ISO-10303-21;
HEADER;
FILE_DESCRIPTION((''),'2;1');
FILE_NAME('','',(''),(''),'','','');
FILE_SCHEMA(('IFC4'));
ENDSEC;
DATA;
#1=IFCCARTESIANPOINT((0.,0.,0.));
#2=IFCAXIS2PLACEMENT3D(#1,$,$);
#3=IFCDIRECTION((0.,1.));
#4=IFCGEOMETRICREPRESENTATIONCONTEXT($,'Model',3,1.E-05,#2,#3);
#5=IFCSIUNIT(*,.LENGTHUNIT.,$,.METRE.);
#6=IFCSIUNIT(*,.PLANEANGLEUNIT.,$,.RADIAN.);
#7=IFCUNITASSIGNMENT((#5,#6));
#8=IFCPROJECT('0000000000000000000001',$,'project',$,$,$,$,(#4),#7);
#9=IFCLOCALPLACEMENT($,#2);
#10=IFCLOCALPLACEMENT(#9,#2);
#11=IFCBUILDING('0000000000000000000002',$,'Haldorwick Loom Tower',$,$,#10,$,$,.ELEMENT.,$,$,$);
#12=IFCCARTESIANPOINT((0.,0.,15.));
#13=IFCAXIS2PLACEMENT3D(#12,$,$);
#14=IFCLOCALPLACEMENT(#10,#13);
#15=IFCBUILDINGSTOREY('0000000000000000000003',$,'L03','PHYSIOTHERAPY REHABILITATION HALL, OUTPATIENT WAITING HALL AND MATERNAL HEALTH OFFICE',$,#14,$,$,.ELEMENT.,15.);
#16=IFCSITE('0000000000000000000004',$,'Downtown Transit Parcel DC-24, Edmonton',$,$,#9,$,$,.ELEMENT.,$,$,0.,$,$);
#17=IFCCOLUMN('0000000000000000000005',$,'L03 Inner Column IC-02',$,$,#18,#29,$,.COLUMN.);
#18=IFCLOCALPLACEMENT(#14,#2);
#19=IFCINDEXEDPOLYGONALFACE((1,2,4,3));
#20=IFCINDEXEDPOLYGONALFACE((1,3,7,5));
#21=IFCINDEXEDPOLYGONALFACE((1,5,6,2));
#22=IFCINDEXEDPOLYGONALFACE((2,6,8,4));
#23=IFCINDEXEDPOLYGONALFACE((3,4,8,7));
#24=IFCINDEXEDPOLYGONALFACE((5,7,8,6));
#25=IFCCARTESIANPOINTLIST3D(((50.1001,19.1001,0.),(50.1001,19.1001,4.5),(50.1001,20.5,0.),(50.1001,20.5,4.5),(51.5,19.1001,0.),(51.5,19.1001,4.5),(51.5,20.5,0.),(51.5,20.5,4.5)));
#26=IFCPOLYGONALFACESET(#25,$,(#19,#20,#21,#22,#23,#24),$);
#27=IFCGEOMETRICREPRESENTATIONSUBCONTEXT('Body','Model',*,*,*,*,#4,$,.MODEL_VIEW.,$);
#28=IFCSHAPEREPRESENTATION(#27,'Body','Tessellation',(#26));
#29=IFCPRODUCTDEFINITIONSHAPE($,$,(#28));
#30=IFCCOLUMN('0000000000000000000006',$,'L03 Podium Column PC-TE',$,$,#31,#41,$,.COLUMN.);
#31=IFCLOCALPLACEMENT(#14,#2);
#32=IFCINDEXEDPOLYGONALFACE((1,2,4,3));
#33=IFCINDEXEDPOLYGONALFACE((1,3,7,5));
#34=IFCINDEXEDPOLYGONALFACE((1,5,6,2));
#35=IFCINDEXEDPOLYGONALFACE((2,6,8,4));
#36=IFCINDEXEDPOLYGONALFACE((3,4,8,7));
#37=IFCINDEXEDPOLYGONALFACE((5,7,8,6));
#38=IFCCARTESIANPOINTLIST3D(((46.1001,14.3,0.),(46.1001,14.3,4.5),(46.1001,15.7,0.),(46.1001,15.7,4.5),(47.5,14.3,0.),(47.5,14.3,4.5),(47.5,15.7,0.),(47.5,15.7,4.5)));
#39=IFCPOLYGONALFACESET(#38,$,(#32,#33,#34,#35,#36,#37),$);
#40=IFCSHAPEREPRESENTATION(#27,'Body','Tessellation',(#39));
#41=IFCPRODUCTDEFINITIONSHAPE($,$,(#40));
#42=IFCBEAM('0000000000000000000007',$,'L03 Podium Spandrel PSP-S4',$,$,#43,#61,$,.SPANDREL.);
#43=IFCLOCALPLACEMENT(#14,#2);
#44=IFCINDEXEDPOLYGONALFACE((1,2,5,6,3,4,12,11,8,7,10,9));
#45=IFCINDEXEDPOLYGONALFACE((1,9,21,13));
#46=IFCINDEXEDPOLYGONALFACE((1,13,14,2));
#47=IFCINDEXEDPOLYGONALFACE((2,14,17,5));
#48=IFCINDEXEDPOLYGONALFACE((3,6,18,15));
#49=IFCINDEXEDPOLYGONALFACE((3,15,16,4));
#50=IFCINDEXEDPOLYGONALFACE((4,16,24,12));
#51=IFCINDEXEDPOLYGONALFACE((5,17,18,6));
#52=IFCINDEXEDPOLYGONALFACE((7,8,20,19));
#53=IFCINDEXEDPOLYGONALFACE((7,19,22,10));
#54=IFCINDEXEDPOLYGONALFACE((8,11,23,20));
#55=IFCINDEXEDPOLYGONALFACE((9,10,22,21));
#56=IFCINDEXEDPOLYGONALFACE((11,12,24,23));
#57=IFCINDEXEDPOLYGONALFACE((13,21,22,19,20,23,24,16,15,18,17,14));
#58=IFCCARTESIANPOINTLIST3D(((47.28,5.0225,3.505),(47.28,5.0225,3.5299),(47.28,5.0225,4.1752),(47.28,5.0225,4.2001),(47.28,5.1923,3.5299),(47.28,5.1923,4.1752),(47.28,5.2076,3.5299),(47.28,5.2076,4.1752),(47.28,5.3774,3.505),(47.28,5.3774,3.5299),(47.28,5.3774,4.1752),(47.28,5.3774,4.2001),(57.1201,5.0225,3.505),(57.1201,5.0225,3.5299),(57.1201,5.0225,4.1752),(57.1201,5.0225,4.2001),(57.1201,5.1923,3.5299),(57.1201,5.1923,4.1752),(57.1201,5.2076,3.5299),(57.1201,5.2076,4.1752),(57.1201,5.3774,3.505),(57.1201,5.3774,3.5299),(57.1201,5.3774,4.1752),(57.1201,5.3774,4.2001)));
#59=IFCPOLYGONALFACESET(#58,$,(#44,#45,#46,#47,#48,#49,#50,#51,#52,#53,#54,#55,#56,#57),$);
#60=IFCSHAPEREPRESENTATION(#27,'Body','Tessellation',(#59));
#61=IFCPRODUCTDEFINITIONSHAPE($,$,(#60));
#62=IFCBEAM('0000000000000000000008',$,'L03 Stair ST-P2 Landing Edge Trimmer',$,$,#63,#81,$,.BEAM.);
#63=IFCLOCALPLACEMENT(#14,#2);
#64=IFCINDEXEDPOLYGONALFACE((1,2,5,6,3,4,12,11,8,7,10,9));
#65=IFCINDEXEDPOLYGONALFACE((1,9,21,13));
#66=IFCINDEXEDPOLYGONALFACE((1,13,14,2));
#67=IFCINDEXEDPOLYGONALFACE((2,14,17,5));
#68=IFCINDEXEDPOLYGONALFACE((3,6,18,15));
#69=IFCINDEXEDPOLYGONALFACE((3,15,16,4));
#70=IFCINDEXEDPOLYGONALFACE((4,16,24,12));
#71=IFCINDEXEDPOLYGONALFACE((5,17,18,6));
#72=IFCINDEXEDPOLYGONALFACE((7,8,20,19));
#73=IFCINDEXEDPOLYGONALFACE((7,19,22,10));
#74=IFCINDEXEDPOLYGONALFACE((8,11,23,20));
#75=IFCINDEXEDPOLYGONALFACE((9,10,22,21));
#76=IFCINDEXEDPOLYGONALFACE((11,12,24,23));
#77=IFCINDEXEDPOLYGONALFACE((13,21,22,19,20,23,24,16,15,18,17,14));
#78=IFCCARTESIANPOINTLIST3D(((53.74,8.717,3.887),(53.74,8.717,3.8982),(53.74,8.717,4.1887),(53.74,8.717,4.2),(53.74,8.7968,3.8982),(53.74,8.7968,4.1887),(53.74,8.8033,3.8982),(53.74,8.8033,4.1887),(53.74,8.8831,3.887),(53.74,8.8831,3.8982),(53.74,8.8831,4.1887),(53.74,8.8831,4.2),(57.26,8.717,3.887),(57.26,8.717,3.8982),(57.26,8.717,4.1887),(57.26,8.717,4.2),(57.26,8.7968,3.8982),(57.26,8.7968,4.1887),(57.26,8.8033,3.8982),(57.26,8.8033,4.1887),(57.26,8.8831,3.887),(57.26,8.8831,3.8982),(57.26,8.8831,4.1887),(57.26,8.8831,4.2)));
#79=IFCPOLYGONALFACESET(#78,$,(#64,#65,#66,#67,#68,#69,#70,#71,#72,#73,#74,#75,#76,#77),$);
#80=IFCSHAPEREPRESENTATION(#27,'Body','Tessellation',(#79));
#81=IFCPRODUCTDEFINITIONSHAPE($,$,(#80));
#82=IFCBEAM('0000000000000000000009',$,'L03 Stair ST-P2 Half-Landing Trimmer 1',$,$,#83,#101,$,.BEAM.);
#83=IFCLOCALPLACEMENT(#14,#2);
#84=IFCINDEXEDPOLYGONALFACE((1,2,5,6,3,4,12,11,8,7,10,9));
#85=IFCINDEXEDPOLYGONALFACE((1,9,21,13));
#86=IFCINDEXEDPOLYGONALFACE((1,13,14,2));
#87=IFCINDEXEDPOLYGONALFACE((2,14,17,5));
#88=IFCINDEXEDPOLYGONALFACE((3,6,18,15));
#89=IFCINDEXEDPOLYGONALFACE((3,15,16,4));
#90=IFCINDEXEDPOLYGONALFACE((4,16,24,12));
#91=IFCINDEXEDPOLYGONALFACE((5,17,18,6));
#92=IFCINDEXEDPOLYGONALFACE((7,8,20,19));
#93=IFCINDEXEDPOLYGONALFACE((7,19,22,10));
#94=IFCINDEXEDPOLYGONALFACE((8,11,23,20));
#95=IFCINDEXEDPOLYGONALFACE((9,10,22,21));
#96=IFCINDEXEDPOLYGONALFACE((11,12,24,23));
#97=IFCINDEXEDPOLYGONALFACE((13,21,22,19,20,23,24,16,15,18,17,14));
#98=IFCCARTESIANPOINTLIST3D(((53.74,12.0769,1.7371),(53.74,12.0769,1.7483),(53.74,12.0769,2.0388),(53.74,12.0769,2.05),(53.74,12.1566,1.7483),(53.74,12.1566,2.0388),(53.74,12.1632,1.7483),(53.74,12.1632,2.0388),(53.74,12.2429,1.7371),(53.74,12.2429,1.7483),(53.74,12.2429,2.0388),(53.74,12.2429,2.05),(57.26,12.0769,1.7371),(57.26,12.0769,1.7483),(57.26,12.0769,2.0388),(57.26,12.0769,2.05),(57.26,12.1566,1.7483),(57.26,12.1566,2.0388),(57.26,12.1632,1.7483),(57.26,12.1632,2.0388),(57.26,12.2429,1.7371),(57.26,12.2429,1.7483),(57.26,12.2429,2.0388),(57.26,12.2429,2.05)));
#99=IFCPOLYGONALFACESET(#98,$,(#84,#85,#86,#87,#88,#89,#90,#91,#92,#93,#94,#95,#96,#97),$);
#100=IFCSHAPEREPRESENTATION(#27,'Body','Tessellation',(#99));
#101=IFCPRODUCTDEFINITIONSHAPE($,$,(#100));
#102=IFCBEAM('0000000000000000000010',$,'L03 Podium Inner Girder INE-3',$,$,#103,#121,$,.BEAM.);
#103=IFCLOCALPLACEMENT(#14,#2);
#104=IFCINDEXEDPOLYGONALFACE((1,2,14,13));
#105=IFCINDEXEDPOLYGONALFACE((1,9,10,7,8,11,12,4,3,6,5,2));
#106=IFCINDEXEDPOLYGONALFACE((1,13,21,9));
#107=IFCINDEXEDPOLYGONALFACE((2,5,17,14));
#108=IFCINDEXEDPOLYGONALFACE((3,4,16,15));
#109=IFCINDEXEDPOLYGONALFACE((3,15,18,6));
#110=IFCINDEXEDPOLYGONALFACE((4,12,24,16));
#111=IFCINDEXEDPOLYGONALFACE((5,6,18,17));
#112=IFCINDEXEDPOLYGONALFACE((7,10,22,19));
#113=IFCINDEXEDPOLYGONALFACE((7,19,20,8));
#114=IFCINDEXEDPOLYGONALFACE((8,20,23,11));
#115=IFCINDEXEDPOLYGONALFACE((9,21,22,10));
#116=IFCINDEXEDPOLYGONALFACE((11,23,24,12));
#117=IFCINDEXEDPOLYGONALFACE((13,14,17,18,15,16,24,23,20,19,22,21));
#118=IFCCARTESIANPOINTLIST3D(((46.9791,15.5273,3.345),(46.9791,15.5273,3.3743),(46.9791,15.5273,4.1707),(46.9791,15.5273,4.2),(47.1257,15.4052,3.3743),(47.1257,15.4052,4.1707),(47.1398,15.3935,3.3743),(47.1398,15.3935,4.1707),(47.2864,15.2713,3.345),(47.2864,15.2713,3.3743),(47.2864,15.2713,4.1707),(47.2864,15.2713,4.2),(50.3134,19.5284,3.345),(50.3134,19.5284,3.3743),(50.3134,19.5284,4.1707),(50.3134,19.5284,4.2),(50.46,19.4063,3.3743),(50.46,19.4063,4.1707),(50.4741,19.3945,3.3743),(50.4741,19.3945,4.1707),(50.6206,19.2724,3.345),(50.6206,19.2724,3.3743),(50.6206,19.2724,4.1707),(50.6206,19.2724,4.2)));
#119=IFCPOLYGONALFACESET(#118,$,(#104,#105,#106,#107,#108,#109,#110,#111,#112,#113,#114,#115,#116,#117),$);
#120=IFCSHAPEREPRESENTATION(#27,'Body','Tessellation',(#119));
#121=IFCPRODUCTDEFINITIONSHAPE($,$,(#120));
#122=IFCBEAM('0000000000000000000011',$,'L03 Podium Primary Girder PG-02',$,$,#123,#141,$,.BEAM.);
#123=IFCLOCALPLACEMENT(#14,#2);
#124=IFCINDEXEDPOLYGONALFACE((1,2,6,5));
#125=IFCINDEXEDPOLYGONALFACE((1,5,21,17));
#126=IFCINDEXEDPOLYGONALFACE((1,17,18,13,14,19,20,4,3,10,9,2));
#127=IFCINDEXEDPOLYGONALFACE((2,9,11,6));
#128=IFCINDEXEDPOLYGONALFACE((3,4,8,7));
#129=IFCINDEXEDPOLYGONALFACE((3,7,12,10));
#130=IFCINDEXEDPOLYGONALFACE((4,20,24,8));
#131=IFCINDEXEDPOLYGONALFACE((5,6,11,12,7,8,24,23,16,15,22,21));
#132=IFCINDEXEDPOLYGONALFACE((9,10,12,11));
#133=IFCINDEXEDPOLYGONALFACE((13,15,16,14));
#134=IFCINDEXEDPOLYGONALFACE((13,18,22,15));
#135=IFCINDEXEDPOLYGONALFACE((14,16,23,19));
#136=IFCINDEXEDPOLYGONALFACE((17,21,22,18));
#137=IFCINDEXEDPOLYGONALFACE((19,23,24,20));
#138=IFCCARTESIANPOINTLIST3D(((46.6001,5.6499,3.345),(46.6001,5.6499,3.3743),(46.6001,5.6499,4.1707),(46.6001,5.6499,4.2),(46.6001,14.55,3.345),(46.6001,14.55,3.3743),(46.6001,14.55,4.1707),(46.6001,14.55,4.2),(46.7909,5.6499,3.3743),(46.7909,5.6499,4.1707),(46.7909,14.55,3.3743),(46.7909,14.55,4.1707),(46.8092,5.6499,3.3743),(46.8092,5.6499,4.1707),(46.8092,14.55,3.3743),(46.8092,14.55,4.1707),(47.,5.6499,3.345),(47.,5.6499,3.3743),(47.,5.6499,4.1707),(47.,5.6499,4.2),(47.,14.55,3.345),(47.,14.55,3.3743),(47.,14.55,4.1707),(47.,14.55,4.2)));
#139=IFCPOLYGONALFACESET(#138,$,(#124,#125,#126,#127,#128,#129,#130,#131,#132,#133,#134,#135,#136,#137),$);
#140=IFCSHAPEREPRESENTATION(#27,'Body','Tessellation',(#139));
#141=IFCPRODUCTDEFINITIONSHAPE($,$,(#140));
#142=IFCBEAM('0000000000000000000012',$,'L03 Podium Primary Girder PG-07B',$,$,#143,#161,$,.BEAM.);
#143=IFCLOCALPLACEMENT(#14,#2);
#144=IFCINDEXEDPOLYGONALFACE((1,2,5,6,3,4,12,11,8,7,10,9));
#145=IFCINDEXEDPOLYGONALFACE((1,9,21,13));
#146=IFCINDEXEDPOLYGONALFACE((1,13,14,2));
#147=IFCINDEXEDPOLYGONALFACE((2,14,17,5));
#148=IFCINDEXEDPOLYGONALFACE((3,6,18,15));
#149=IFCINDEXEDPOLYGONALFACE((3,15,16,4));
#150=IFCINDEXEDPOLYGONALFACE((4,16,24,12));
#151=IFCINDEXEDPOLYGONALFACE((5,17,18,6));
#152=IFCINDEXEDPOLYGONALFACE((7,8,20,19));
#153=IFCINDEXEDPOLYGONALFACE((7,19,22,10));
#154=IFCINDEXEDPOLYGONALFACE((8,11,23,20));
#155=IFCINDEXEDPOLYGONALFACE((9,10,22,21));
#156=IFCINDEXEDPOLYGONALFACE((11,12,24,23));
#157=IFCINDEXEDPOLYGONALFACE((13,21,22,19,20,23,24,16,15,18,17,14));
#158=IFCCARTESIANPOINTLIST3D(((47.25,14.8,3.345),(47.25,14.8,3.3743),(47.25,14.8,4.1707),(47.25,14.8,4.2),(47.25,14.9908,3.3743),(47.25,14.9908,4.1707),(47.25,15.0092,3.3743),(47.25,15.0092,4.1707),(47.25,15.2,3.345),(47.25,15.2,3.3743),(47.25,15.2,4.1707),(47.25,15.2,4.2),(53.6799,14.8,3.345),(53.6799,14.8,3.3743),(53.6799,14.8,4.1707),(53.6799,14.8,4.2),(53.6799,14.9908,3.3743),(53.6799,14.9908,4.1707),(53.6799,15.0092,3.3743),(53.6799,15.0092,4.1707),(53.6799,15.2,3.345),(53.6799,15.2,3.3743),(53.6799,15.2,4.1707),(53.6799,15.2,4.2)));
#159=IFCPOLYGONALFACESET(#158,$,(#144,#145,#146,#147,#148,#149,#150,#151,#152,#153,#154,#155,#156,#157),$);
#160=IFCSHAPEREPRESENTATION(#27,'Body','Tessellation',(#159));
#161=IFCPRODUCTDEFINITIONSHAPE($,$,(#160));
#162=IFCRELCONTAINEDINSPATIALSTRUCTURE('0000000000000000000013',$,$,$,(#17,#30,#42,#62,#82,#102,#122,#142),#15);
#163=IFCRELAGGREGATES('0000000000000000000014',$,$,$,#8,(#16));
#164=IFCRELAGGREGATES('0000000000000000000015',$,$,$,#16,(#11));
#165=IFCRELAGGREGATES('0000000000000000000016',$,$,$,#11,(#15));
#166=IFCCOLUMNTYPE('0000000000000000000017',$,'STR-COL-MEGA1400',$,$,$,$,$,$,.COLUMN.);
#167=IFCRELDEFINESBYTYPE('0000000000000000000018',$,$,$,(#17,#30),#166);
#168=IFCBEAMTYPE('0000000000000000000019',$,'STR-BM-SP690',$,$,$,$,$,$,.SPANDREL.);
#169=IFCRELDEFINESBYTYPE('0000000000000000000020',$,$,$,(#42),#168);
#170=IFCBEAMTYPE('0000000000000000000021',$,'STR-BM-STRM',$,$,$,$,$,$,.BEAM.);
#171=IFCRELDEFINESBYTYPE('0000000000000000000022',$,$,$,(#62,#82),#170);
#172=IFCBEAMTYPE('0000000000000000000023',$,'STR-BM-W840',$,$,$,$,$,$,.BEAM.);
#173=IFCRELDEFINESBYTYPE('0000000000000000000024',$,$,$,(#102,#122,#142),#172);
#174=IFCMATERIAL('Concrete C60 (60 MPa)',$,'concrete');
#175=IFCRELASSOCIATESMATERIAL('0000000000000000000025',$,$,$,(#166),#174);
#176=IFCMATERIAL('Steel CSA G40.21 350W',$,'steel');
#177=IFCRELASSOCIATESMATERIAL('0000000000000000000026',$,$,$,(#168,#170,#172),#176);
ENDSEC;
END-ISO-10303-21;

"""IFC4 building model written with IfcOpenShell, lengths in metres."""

from ifc_helpers import new_model, si_unit, direction, frame, origin, origin_2d, place, context, subcontext, project, spatial, rectangle, i_section, extrude, material, material_profile, profile_set, type_object, element, save


model = new_model("IFC4")

# Units and contexts
model_context = context("Model", 3, precision=1e-05, world=origin(), true_north=direction((0.0, 1.0)))
body_context = subcontext(model_context, "Body", "Model", "MODEL_VIEW")
ifc_project = project(units=[si_unit("LENGTHUNIT", "METRE"), si_unit("PLANEANGLEUNIT", "RADIAN")], contexts=[model_context])

# Site, building, storey
site_placement = place(None, origin())
site = spatial("IfcSite", under=ifc_project, at=site_placement, Name="Downtown Transit Parcel DC-24, Edmonton", CompositionType="ELEMENT", RefElevation=0.0)
building_placement = place(site_placement, origin())
building = spatial("IfcBuilding", under=site, at=building_placement, Name="Haldorwick Loom Tower", CompositionType="ELEMENT")
storey_placement = place(building_placement, frame((0.0, 0.0, 15.0)))
storey = spatial("IfcBuildingStorey", under=building, at=storey_placement, Name="L03", Description="PHYSIOTHERAPY REHABILITATION HALL, OUTPATIENT WAITING HALL AND MATERNAL HEALTH OFFICE", CompositionType="ELEMENT", Elevation=15.0)

# Columns
ifc_material_1 = material(Name="Concrete C60 (60 MPa)", Category="concrete")
ifc_material_profile_1 = material_profile(ifc_material_1, rectangle(XDim=1.3999, YDim=1.3999, at=origin_2d()), Name="RC1400X1400", Category="concrete")
ifc_profile_set_1 = profile_set([ifc_material_profile_1], Name="Concrete C60 (60 MPa)")
column_type = type_object("IfcColumnType", Name="STR-COL-MEGA1400", PredefinedType="COLUMN", material=ifc_profile_set_1)
for number, where, z_axis, x_axis, name in (
    (1, (50.8, 19.8, 0.0), (0.0, 0.0, 1.0), (1.0, 0.0, 0.0), "L03 Inner Column IC-02"),
    (2, (46.8, 15.0, 0.0), (0.0, 0.0, 1.0), (1.0, 0.0, 0.0), "L03 Podium Column PC-TE"),
):
    element("IfcColumn", number, at=place(storey_placement, frame(where, z_axis=z_axis, x_axis=x_axis)), inside=storey, type_object=column_type, Name=name, PredefinedType="COLUMN", context=body_context, shape_type="SweptSolid", body=[
        extrude(rectangle(XDim=1.3999, YDim=1.3999, at=origin_2d()), origin(), (0.0, 0.0, 1.0), 4.5),
    ])

# Beams
ifc_material_2 = material(Name="Steel CSA G40.21 350W", Category="steel")
ifc_material_profile_2 = material_profile(ifc_material_2, i_section(OverallWidth=0.355, OverallDepth=0.6951, WebThickness=0.0154, FlangeThickness=0.0249, at=origin_2d()), Name="W690X217", Category="steel")
ifc_profile_set_2 = profile_set([ifc_material_profile_2], Name="Steel CSA G40.21 350W")
beam_type_1 = type_object("IfcBeamType", Name="STR-BM-SP690", PredefinedType="SPANDREL", material=ifc_profile_set_2)
beam_1_placement = place(storey_placement, frame((47.28, 5.2, 3.8525), z_axis=(1.0, 0.0, 0.0), x_axis=(0.0, 1.0, 0.0)))
element("IfcBeam", 3, at=beam_1_placement, inside=storey, type_object=beam_type_1, Name="L03 Podium Spandrel PSP-S4", PredefinedType="SPANDREL", context=body_context, shape_type="SweptSolid", body=[
    extrude(i_section(OverallWidth=0.355, OverallDepth=0.6951, WebThickness=0.0154, FlangeThickness=0.0249, at=origin_2d()), origin(), (0.0, 0.0, 1.0), 9.8401),
])
ifc_material_profile_3 = material_profile(ifc_material_2, i_section(OverallWidth=0.166, OverallDepth=0.313, WebThickness=0.0066, FlangeThickness=0.0112, at=origin_2d()), Name="W310X45", Category="steel")
ifc_profile_set_3 = profile_set([ifc_material_profile_3], Name="Steel CSA G40.21 350W")
beam_type_2 = type_object("IfcBeamType", Name="STR-BM-STRM", PredefinedType="BEAM", material=ifc_profile_set_3)
for number, where, z_axis, x_axis, name in (
    (4, (53.74, 8.8, 4.0435), (1.0, 0.0, 0.0), (0.0, 1.0, 0.0), "L03 Stair ST-P2 Landing Edge Trimmer"),
    (5, (53.74, 12.1599, 1.8936), (1.0, 0.0, 0.0), (0.0, 1.0, 0.0), "L03 Stair ST-P2 Half-Landing Trimmer 1"),
):
    element("IfcBeam", number, at=place(storey_placement, frame(where, z_axis=z_axis, x_axis=x_axis)), inside=storey, type_object=beam_type_2, Name=name, PredefinedType="BEAM", context=body_context, shape_type="SweptSolid", body=[
        extrude(i_section(OverallWidth=0.166, OverallDepth=0.313, WebThickness=0.0066, FlangeThickness=0.0112, at=origin_2d()), origin(), (0.0, 0.0, 1.0), 3.52),
    ])
ifc_material_profile_4 = material_profile(ifc_material_2, i_section(OverallWidth=0.3999, OverallDepth=0.855, WebThickness=0.0183, FlangeThickness=0.0293, at=origin_2d()), Name="W840X299", Category="steel")
ifc_profile_set_4 = profile_set([ifc_material_profile_4], Name="Steel CSA G40.21 350W")
beam_type_3 = type_object("IfcBeamType", Name="STR-BM-W840", PredefinedType="BEAM", material=ifc_profile_set_4)
beam_2_placement = place(storey_placement, frame((50.467, 19.4004, 3.7725), z_axis=(-0.640194, -0.768214, 0.0), x_axis=(0.768214, -0.640194, 0.0)))
element("IfcBeam", 6, at=beam_2_placement, inside=storey, type_object=beam_type_3, Name="L03 Podium Inner Girder INE-3", PredefinedType="BEAM", context=body_context, shape_type="SweptSolid", body=[
    extrude(i_section(OverallWidth=0.3999, OverallDepth=0.855, WebThickness=0.0183, FlangeThickness=0.0293, at=origin_2d()), origin(), (0.0, 0.0, 1.0), 5.2083),
])
beam_3_placement = place(storey_placement, frame((46.8, 5.6499, 3.7725), z_axis=(0.0, 1.0, 0.0), x_axis=(-1.0, 0.0, 0.0)))
element("IfcBeam", 7, at=beam_3_placement, inside=storey, type_object=beam_type_3, Name="L03 Podium Primary Girder PG-02", PredefinedType="BEAM", context=body_context, shape_type="SweptSolid", body=[
    extrude(i_section(OverallWidth=0.3999, OverallDepth=0.855, WebThickness=0.0183, FlangeThickness=0.0293, at=origin_2d()), origin(), (0.0, 0.0, 1.0), 8.9001),
])
beam_4_placement = place(storey_placement, frame((53.6799, 15.0, 3.7725), z_axis=(-1.0, 0.0, 0.0), x_axis=(0.0, -1.0, 0.0)))
element("IfcBeam", 8, at=beam_4_placement, inside=storey, type_object=beam_type_3, Name="L03 Podium Primary Girder PG-07B", PredefinedType="BEAM", context=body_context, shape_type="SweptSolid", body=[
    extrude(i_section(OverallWidth=0.3999, OverallDepth=0.855, WebThickness=0.0183, FlangeThickness=0.0293, at=origin_2d()), origin(), (0.0, 0.0, 1.0), 6.4299),
])

save(model, "model.ifc")
